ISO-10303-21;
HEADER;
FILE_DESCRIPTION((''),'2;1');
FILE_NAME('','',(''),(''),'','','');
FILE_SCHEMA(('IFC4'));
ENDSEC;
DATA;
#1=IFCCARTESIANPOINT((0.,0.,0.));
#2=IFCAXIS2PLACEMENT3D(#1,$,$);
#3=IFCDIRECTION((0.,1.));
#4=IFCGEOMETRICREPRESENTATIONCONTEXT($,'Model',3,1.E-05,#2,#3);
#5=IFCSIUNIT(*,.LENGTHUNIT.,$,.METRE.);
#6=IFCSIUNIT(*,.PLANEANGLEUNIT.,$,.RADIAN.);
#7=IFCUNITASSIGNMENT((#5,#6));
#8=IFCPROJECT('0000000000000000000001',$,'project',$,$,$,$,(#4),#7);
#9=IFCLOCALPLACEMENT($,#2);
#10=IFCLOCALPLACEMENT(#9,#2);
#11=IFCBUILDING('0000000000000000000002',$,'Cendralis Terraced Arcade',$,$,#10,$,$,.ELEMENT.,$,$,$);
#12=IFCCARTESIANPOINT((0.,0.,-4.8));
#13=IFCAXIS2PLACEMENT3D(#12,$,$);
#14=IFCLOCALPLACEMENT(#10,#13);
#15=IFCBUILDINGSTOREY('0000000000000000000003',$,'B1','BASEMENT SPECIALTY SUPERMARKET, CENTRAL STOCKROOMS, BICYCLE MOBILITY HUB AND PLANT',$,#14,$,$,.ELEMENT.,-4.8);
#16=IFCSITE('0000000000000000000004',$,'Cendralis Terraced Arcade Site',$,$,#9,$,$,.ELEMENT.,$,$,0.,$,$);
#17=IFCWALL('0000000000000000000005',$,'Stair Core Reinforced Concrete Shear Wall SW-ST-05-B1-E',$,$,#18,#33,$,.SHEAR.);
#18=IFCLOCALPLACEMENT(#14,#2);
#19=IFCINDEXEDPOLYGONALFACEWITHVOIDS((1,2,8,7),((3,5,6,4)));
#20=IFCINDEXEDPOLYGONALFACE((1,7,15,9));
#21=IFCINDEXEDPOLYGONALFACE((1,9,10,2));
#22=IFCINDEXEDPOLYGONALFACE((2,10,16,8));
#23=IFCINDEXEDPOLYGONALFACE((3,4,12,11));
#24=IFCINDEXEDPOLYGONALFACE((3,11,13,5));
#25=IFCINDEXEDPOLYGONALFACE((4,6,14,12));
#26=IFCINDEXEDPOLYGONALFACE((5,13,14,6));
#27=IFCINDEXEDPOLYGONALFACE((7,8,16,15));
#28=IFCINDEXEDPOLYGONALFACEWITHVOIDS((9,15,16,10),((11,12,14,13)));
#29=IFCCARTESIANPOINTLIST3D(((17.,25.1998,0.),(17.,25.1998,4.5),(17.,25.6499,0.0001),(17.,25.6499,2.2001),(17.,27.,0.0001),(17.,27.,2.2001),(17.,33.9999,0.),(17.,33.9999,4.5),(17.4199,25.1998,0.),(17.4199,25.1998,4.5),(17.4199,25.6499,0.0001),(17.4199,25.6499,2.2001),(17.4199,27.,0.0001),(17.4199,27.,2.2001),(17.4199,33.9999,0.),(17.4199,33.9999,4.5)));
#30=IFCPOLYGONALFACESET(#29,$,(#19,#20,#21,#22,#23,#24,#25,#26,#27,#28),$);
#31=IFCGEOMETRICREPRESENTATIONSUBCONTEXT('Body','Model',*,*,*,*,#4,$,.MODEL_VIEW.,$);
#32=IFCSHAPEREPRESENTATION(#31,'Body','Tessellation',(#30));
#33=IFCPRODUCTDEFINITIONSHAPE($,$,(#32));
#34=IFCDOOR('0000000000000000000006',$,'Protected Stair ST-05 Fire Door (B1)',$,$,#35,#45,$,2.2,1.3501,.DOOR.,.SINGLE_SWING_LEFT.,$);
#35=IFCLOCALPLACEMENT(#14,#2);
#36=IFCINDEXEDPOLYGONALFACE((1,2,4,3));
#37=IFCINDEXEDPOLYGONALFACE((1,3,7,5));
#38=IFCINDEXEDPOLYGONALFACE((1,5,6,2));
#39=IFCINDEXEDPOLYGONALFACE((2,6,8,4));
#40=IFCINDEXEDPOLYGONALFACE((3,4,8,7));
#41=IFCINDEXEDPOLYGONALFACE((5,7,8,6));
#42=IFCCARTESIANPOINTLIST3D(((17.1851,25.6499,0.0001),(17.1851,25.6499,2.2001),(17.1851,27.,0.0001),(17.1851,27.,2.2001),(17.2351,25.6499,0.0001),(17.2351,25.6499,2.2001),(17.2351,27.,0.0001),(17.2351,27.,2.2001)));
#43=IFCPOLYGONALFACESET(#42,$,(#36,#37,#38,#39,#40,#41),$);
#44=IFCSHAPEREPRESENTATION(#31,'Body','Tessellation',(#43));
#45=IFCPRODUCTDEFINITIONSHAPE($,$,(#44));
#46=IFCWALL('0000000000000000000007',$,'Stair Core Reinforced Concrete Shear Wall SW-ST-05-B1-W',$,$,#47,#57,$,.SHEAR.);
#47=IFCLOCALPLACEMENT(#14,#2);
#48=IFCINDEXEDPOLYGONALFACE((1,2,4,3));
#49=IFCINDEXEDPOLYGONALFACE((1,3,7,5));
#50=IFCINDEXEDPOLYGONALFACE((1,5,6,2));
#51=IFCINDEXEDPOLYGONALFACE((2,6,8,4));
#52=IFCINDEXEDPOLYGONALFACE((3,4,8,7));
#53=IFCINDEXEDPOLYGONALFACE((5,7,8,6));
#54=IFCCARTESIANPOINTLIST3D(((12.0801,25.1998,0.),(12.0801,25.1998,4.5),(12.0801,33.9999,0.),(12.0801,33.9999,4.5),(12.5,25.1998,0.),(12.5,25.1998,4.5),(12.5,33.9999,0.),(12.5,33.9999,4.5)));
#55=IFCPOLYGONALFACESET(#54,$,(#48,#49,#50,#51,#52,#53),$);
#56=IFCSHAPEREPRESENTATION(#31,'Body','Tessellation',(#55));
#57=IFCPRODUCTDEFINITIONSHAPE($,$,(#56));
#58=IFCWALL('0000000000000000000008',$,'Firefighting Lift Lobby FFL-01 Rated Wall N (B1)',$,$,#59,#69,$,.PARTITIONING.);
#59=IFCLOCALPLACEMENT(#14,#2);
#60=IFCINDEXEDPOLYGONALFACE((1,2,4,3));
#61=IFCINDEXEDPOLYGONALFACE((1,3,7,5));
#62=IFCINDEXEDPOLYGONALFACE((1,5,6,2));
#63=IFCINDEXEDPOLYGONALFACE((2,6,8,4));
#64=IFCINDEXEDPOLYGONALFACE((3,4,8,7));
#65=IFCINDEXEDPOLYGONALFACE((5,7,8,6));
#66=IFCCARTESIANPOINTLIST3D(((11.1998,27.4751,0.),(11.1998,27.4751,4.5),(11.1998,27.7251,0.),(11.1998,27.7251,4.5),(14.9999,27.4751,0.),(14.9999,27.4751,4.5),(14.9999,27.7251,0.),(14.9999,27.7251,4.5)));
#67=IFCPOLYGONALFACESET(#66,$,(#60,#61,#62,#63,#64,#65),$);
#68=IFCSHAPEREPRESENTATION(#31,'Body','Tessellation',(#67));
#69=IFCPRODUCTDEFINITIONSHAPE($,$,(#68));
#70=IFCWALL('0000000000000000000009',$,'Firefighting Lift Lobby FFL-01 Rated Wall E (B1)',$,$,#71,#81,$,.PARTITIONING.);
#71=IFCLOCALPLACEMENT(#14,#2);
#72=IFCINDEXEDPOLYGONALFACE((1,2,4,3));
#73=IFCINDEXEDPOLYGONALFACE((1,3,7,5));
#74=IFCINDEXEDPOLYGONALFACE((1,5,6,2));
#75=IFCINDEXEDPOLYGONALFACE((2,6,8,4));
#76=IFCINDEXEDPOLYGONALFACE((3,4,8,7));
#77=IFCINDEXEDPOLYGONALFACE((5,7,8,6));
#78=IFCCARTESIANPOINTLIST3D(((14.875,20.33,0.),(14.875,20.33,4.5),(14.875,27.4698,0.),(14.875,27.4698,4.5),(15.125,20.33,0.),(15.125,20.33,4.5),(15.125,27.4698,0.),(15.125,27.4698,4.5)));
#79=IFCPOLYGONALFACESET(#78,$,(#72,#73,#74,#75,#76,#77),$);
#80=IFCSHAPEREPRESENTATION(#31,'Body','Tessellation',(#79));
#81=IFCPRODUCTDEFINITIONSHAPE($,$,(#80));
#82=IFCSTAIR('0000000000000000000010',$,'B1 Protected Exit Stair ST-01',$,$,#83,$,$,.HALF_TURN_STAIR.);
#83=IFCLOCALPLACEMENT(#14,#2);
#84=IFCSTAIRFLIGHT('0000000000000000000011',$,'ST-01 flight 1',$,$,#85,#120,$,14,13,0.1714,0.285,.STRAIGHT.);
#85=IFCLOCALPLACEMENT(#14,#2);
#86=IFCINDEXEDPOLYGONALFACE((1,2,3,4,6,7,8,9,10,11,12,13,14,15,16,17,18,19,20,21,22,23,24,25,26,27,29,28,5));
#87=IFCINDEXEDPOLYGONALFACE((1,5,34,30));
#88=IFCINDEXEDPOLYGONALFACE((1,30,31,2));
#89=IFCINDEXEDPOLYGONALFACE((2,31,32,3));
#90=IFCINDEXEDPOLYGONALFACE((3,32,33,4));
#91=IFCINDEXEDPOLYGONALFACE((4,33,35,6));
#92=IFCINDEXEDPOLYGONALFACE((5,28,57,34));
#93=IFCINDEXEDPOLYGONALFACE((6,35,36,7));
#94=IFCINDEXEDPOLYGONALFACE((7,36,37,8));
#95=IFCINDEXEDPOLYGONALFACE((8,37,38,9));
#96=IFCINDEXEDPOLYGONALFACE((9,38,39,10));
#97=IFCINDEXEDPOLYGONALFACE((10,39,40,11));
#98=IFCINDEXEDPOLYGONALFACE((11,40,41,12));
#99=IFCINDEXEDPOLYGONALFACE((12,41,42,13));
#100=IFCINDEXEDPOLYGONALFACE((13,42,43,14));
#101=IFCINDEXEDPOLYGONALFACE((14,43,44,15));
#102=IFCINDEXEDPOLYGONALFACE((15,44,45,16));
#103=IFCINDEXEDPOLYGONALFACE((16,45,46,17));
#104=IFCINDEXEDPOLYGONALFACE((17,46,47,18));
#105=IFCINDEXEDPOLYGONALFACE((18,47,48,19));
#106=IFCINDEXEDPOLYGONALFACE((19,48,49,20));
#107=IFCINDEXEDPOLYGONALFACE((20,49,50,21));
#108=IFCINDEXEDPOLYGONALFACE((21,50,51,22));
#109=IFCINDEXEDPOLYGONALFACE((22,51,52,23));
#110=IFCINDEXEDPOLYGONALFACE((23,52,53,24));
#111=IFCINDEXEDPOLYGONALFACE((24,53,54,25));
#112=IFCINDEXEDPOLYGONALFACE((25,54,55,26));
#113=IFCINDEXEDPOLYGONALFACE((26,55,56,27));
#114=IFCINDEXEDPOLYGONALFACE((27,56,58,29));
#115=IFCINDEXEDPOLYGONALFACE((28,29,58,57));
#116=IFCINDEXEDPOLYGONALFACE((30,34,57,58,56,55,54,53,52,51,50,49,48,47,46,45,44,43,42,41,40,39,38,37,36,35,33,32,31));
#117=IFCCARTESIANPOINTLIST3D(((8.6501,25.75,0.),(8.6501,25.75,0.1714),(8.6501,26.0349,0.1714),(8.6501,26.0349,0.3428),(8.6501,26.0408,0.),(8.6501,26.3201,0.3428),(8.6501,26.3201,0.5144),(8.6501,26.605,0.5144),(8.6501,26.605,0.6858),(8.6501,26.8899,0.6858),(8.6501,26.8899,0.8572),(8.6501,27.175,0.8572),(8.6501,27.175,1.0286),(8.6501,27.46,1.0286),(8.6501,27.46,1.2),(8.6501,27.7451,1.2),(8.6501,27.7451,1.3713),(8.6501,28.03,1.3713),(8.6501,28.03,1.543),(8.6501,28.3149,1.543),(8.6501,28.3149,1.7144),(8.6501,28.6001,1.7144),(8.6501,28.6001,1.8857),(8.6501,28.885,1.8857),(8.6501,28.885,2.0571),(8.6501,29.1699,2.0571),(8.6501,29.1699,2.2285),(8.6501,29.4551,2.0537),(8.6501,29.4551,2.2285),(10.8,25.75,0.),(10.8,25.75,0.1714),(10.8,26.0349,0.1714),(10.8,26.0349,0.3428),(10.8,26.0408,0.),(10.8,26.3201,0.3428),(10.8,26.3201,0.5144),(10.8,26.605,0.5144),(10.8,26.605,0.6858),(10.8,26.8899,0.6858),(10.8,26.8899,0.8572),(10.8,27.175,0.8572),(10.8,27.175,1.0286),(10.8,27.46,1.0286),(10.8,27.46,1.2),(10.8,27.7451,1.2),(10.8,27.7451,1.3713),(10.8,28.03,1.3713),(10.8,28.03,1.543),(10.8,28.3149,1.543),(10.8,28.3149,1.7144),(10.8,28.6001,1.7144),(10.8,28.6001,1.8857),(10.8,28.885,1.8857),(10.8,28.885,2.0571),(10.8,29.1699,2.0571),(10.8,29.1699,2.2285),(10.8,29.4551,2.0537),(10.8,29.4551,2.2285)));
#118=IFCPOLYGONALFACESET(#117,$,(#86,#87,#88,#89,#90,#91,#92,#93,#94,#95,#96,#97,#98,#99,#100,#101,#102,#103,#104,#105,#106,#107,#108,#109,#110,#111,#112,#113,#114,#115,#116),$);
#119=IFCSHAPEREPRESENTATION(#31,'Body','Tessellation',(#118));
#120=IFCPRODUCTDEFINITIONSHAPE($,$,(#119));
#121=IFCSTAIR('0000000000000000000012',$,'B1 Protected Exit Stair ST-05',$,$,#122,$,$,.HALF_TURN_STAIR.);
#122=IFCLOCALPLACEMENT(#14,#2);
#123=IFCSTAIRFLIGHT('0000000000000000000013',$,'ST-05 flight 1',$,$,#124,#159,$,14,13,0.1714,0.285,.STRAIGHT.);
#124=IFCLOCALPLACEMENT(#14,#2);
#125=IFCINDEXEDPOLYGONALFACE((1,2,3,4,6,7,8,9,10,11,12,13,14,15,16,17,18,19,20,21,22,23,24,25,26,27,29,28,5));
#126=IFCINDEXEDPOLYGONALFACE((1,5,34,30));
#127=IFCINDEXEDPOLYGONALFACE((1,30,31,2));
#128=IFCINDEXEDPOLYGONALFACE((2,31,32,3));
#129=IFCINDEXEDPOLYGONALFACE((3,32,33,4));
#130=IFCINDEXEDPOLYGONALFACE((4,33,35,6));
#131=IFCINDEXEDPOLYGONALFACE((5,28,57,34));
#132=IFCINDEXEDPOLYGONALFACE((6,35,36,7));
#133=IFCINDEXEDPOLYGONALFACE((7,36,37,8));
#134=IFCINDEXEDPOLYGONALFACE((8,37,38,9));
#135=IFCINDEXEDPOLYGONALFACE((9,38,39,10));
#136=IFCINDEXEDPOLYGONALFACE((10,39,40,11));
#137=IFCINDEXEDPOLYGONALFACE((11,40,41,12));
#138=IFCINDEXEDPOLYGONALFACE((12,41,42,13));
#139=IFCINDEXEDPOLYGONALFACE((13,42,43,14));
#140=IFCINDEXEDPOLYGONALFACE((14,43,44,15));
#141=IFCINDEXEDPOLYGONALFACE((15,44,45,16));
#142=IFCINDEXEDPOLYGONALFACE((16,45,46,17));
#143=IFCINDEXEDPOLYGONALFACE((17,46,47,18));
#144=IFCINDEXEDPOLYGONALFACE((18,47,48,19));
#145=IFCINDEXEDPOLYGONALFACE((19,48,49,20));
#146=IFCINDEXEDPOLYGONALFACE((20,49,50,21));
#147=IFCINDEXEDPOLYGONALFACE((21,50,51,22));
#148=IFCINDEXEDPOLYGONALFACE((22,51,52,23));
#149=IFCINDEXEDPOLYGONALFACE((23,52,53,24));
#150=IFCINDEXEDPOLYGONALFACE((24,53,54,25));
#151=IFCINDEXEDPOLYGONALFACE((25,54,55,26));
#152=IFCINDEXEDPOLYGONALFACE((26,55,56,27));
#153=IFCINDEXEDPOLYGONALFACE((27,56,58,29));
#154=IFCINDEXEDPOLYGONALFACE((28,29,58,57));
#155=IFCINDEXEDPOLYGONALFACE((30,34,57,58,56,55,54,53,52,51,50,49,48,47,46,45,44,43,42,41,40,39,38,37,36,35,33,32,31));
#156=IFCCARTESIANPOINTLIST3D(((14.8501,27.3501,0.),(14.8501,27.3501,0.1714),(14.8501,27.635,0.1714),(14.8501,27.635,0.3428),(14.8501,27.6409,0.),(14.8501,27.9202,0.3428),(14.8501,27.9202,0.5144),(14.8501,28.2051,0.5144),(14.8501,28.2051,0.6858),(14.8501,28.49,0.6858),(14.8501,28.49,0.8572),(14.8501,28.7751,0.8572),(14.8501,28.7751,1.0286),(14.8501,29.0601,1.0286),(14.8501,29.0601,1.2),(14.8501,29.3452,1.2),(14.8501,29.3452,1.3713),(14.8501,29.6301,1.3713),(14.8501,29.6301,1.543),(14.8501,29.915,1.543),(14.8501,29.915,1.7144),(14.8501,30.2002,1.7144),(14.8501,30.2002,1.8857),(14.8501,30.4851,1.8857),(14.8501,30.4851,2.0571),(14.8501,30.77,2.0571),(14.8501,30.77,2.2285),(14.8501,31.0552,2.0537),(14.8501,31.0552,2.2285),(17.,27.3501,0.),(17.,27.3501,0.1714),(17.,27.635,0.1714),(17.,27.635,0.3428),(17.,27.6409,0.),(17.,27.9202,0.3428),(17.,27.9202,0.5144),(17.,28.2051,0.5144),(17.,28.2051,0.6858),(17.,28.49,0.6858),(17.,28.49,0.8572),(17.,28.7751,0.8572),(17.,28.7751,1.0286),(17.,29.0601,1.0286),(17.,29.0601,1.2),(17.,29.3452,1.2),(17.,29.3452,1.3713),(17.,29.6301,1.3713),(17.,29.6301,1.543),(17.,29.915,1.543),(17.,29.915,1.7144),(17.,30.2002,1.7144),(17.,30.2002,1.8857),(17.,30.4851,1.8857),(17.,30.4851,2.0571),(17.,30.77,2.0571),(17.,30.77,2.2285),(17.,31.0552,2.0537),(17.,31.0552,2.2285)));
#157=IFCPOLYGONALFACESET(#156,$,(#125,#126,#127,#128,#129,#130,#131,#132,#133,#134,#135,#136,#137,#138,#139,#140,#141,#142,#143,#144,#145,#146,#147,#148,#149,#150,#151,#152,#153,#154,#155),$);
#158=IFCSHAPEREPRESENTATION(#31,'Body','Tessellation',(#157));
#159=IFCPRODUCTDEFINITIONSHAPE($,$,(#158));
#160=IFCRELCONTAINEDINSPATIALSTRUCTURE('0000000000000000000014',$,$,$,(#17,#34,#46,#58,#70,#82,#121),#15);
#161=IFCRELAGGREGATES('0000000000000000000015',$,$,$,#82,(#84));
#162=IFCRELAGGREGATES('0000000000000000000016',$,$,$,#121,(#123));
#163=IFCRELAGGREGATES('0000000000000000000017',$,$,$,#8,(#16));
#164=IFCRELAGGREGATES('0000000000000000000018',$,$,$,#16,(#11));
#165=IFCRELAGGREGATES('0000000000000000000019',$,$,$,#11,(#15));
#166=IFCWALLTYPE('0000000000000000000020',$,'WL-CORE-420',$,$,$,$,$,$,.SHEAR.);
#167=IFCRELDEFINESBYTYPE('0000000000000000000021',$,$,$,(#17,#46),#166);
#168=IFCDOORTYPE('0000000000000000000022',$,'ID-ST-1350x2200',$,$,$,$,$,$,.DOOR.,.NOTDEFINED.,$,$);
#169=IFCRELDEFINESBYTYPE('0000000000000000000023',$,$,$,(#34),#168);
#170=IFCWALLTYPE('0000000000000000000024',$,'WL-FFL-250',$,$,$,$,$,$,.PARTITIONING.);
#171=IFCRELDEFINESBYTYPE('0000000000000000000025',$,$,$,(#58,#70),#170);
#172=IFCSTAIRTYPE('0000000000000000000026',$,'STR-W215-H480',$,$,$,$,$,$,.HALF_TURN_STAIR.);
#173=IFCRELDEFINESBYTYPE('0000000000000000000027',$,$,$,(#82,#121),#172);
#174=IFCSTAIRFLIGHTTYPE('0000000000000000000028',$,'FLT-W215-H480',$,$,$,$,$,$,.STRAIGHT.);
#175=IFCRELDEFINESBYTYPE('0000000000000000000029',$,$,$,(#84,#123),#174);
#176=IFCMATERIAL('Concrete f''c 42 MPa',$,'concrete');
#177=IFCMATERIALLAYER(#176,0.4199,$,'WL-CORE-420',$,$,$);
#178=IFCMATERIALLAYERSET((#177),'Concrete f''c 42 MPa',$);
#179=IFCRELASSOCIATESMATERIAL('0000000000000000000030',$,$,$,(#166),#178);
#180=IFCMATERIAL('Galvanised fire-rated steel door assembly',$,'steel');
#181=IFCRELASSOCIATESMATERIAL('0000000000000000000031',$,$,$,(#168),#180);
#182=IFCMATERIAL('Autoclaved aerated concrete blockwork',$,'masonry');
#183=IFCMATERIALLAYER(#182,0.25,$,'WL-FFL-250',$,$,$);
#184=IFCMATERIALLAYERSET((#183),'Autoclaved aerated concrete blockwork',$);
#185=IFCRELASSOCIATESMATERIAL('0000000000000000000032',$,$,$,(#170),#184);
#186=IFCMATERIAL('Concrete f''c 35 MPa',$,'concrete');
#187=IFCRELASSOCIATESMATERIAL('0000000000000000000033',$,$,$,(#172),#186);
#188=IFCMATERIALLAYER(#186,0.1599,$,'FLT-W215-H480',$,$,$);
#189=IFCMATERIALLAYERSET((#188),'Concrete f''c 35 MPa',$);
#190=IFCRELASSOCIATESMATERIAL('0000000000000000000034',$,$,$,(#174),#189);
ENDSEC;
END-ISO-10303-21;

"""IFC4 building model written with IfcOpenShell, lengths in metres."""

from ifc_helpers import new_model, si_unit, direction, frame, frame_2d, origin, place, context, subcontext, project, spatial, polyline, rectangle, outline, extrude, material, layer, layer_set, type_object, element, fill, aggregate, save


model = new_model("IFC4")

# Units and contexts
model_context = context("Model", 3, precision=1e-05, world=origin(), true_north=direction((0.0, 1.0)))
body_context = subcontext(model_context, "Body", "Model", "MODEL_VIEW")
ifc_project = project(units=[si_unit("LENGTHUNIT", "METRE"), si_unit("PLANEANGLEUNIT", "RADIAN")], contexts=[model_context])

# Site, building, storey
site_placement = place(None, origin())
site = spatial("IfcSite", under=ifc_project, at=site_placement, Name="Cendralis Terraced Arcade Site", CompositionType="ELEMENT", RefElevation=0.0)
building_placement = place(site_placement, origin())
building = spatial("IfcBuilding", under=site, at=building_placement, Name="Cendralis Terraced Arcade", CompositionType="ELEMENT")
storey_placement = place(building_placement, frame((0.0, 0.0, -4.8)))
storey = spatial("IfcBuildingStorey", under=building, at=storey_placement, Name="B1", Description="BASEMENT SPECIALTY SUPERMARKET, CENTRAL STOCKROOMS, BICYCLE MOBILITY HUB AND PLANT", CompositionType="ELEMENT", Elevation=-4.8)

# Shared definitions
ifc_material_1 = material(Name="Concrete f'c 35 MPa", Category="concrete")

# Shared definitions
ifc_material_2 = material(Name="Concrete f'c 42 MPa", Category="concrete")
ifc_layer_1 = layer(ifc_material_2, 0.4199, Name="WL-CORE-420")
ifc_layer_set_1 = layer_set([ifc_layer_1], Name="Concrete f'c 42 MPa")
wall_type_1 = type_object("IfcWallType", Name="WL-CORE-420", PredefinedType="SHEAR", material=ifc_layer_set_1)
ifc_material_3 = material(Name="Galvanised fire-rated steel door assembly", Category="steel")
door_type_1 = type_object("IfcDoorType", Name="ID-ST-1350x2200", OperationType="NOTDEFINED", PredefinedType="DOOR", material=ifc_material_3)

# Wall, opening, door
wall_1_placement = place(storey_placement, frame((17.21, 25.2, 0.0), z_axis=(0.0, 0.0, 1.0), x_axis=(0.0, 1.0, 0.0)))
wall_1 = element("IfcWall", 1, at=wall_1_placement, inside=storey, type_object=wall_type_1, Name="Stair Core Reinforced Concrete Shear Wall SW-ST-05-B1-E", PredefinedType="SHEAR", context=body_context, shape_type="SweptSolid", body=[
    extrude(rectangle(XDim=8.8, YDim=0.4199, at=frame_2d((4.3999, 0.0))), origin(), (0.0, 0.0, 1.0), 4.5),
])
opening_1_placement = place(wall_1_placement, frame((0.45, 0.0, 0.0)))
opening_1 = element("IfcOpeningElement", 2, at=opening_1_placement, cuts=wall_1, PredefinedType="OPENING", context=body_context, shape_type="SweptSolid", body=[
    extrude(rectangle(XDim=1.3501, YDim=2.2, at=frame_2d((0.675, 1.1001))), frame((0.0, 0.2219, 0.0), z_axis=(0.0, -1.0, 0.0), x_axis=(1.0, 0.0, 0.0)), (0.0, 0.0, 1.0), 0.4438),
])
door_1_placement = place(opening_1_placement, origin())
door_1 = element("IfcDoor", 3, at=door_1_placement, inside=storey, type_object=door_type_1, Name="Protected Stair ST-05 Fire Door (B1)", OperationType="SINGLE_SWING_LEFT", OverallHeight=2.2, OverallWidth=1.3501, PredefinedType="DOOR", context=body_context, shape_type="SweptSolid", body=[
    extrude(rectangle(XDim=1.3501, YDim=2.2, at=frame_2d((0.675, 1.1001))), frame((0.0, 0.0249, 0.0), z_axis=(0.0, -1.0, 0.0), x_axis=(1.0, 0.0, 0.0)), (0.0, 0.0, 1.0), 0.05),
])
fill(opening_1, door_1)

# Walls
wall_2_placement = place(storey_placement, frame((12.29, 25.2, 0.0), z_axis=(0.0, 0.0, 1.0), x_axis=(0.0, 1.0, 0.0)))
element("IfcWall", 4, at=wall_2_placement, inside=storey, type_object=wall_type_1, Name="Stair Core Reinforced Concrete Shear Wall SW-ST-05-B1-W", PredefinedType="SHEAR", context=body_context, shape_type="SweptSolid", body=[
    extrude(rectangle(XDim=8.8, YDim=0.4199, at=frame_2d((4.3999, 0.0))), origin(), (0.0, 0.0, 1.0), 4.5),
])
ifc_material_4 = material(Name="Autoclaved aerated concrete blockwork", Category="masonry")
ifc_layer_2 = layer(ifc_material_4, 0.25, Name="WL-FFL-250")
ifc_layer_set_2 = layer_set([ifc_layer_2], Name="Autoclaved aerated concrete blockwork")
wall_type_2 = type_object("IfcWallType", Name="WL-FFL-250", PredefinedType="PARTITIONING", material=ifc_layer_set_2)
wall_3_placement = place(storey_placement, frame((11.2, 27.6001, 0.0), z_axis=(0.0, 0.0, 1.0), x_axis=(1.0, 0.0, 0.0)))
element("IfcWall", 5, at=wall_3_placement, inside=storey, type_object=wall_type_2, Name="Firefighting Lift Lobby FFL-01 Rated Wall N (B1)", PredefinedType="PARTITIONING", context=body_context, shape_type="SweptSolid", body=[
    extrude(rectangle(XDim=3.8, YDim=0.25, at=frame_2d((1.8999, 0.0))), origin(), (0.0, 0.0, 1.0), 4.5),
])
wall_4_placement = place(storey_placement, frame((15.0, 20.3301, 0.0), z_axis=(0.0, 0.0, 1.0), x_axis=(0.0, 1.0, 0.0)))
element("IfcWall", 6, at=wall_4_placement, inside=storey, type_object=wall_type_2, Name="Firefighting Lift Lobby FFL-01 Rated Wall E (B1)", PredefinedType="PARTITIONING", context=body_context, shape_type="SweptSolid", body=[
    extrude(rectangle(XDim=7.1399, YDim=0.25, at=frame_2d((3.5698, 0.0))), origin(), (0.0, 0.0, 1.0), 4.5),
])

# Stair, stair flight
stair_type = type_object("IfcStairType", Name="STR-W215-H480", PredefinedType="HALF_TURN_STAIR", material=ifc_material_1)
stair_1_placement = place(storey_placement, origin())
stair_1 = element("IfcStair", 7, at=stair_1_placement, inside=storey, type_object=stair_type, Name="B1 Protected Exit Stair ST-01", PredefinedType="HALF_TURN_STAIR")
ifc_layer_3 = layer(ifc_material_1, 0.1599, Name="FLT-W215-H480")
ifc_layer_set_3 = layer_set([ifc_layer_3], Name="Concrete f'c 35 MPa")
stair_flight_type = type_object("IfcStairFlightType", Name="FLT-W215-H480", PredefinedType="STRAIGHT", material=ifc_layer_set_3)
stair_flight_1_placement = place(storey_placement, frame((9.7251, 25.75, 0.0), z_axis=(0.0, 0.0, 1.0), x_axis=(0.0, 1.0, 0.0)))
stair_flight_1 = element("IfcStairFlight", 8, at=stair_flight_1_placement, type_object=stair_flight_type, Name="ST-01 flight 1", NumberOfRisers=14, NumberOfTreads=13, PredefinedType="STRAIGHT", RiserHeight=0.1714, TreadLength=0.285, context=body_context, shape_type="SweptSolid", body=[
    extrude(outline(polyline([(0.0, 0.0), (0.0, 0.1714), (0.2849, 0.1714), (0.2849, 0.3428), (0.5701, 0.3428), (0.5701, 0.5144), (0.855, 0.5144), (0.855, 0.6858), (1.1399, 0.6858), (1.1399, 0.8572), (1.425, 0.8572), (1.425, 1.0286), (1.71, 1.0286), (1.71, 1.2), (1.9951, 1.2), (1.9951, 1.3713), (2.28, 1.3713), (2.28, 1.543), (2.5649, 1.543), (2.5649, 1.7144), (2.8501, 1.7144), (2.8501, 1.8857), (3.135, 1.8857), (3.135, 2.0571), (3.4199, 2.0571), (3.4199, 2.2285), (3.7051, 2.2285), (3.7051, 2.3999), (3.7051, 2.0537), (0.2908, 0.0), (0.0, 0.0)])), frame((0.0, 1.075, 0.0), z_axis=(0.0, -1.0, 0.0), x_axis=(1.0, 0.0, 0.0)), (0.0, 0.0, 1.0), 2.1499),
])
aggregate(stair_1, [stair_flight_1])

# Stair, stair flight
stair_2_placement = place(storey_placement, origin())
stair_2 = element("IfcStair", 9, at=stair_2_placement, inside=storey, type_object=stair_type, Name="B1 Protected Exit Stair ST-05", PredefinedType="HALF_TURN_STAIR")
stair_flight_2_placement = place(storey_placement, frame((15.925, 27.3501, 0.0), z_axis=(0.0, 0.0, 1.0), x_axis=(0.0, 1.0, 0.0)))
stair_flight_2 = element("IfcStairFlight", 10, at=stair_flight_2_placement, type_object=stair_flight_type, Name="ST-05 flight 1", NumberOfRisers=14, NumberOfTreads=13, PredefinedType="STRAIGHT", RiserHeight=0.1714, TreadLength=0.285, context=body_context, shape_type="SweptSolid", body=[
    extrude(outline(polyline([(0.0, 0.0), (0.0, 0.1714), (0.2849, 0.1714), (0.2849, 0.3428), (0.5701, 0.3428), (0.5701, 0.5144), (0.855, 0.5144), (0.855, 0.6858), (1.1399, 0.6858), (1.1399, 0.8572), (1.425, 0.8572), (1.425, 1.0286), (1.71, 1.0286), (1.71, 1.2), (1.9951, 1.2), (1.9951, 1.3713), (2.28, 1.3713), (2.28, 1.543), (2.5649, 1.543), (2.5649, 1.7144), (2.8501, 1.7144), (2.8501, 1.8857), (3.135, 1.8857), (3.135, 2.0571), (3.4199, 2.0571), (3.4199, 2.2285), (3.7051, 2.2285), (3.7051, 2.3999), (3.7051, 2.0537), (0.2908, 0.0), (0.0, 0.0)])), frame((0.0, 1.075, 0.0), z_axis=(0.0, -1.0, 0.0), x_axis=(1.0, 0.0, 0.0)), (0.0, 0.0, 1.0), 2.1499),
])
aggregate(stair_2, [stair_flight_2])

save(model, "model.ifc")
